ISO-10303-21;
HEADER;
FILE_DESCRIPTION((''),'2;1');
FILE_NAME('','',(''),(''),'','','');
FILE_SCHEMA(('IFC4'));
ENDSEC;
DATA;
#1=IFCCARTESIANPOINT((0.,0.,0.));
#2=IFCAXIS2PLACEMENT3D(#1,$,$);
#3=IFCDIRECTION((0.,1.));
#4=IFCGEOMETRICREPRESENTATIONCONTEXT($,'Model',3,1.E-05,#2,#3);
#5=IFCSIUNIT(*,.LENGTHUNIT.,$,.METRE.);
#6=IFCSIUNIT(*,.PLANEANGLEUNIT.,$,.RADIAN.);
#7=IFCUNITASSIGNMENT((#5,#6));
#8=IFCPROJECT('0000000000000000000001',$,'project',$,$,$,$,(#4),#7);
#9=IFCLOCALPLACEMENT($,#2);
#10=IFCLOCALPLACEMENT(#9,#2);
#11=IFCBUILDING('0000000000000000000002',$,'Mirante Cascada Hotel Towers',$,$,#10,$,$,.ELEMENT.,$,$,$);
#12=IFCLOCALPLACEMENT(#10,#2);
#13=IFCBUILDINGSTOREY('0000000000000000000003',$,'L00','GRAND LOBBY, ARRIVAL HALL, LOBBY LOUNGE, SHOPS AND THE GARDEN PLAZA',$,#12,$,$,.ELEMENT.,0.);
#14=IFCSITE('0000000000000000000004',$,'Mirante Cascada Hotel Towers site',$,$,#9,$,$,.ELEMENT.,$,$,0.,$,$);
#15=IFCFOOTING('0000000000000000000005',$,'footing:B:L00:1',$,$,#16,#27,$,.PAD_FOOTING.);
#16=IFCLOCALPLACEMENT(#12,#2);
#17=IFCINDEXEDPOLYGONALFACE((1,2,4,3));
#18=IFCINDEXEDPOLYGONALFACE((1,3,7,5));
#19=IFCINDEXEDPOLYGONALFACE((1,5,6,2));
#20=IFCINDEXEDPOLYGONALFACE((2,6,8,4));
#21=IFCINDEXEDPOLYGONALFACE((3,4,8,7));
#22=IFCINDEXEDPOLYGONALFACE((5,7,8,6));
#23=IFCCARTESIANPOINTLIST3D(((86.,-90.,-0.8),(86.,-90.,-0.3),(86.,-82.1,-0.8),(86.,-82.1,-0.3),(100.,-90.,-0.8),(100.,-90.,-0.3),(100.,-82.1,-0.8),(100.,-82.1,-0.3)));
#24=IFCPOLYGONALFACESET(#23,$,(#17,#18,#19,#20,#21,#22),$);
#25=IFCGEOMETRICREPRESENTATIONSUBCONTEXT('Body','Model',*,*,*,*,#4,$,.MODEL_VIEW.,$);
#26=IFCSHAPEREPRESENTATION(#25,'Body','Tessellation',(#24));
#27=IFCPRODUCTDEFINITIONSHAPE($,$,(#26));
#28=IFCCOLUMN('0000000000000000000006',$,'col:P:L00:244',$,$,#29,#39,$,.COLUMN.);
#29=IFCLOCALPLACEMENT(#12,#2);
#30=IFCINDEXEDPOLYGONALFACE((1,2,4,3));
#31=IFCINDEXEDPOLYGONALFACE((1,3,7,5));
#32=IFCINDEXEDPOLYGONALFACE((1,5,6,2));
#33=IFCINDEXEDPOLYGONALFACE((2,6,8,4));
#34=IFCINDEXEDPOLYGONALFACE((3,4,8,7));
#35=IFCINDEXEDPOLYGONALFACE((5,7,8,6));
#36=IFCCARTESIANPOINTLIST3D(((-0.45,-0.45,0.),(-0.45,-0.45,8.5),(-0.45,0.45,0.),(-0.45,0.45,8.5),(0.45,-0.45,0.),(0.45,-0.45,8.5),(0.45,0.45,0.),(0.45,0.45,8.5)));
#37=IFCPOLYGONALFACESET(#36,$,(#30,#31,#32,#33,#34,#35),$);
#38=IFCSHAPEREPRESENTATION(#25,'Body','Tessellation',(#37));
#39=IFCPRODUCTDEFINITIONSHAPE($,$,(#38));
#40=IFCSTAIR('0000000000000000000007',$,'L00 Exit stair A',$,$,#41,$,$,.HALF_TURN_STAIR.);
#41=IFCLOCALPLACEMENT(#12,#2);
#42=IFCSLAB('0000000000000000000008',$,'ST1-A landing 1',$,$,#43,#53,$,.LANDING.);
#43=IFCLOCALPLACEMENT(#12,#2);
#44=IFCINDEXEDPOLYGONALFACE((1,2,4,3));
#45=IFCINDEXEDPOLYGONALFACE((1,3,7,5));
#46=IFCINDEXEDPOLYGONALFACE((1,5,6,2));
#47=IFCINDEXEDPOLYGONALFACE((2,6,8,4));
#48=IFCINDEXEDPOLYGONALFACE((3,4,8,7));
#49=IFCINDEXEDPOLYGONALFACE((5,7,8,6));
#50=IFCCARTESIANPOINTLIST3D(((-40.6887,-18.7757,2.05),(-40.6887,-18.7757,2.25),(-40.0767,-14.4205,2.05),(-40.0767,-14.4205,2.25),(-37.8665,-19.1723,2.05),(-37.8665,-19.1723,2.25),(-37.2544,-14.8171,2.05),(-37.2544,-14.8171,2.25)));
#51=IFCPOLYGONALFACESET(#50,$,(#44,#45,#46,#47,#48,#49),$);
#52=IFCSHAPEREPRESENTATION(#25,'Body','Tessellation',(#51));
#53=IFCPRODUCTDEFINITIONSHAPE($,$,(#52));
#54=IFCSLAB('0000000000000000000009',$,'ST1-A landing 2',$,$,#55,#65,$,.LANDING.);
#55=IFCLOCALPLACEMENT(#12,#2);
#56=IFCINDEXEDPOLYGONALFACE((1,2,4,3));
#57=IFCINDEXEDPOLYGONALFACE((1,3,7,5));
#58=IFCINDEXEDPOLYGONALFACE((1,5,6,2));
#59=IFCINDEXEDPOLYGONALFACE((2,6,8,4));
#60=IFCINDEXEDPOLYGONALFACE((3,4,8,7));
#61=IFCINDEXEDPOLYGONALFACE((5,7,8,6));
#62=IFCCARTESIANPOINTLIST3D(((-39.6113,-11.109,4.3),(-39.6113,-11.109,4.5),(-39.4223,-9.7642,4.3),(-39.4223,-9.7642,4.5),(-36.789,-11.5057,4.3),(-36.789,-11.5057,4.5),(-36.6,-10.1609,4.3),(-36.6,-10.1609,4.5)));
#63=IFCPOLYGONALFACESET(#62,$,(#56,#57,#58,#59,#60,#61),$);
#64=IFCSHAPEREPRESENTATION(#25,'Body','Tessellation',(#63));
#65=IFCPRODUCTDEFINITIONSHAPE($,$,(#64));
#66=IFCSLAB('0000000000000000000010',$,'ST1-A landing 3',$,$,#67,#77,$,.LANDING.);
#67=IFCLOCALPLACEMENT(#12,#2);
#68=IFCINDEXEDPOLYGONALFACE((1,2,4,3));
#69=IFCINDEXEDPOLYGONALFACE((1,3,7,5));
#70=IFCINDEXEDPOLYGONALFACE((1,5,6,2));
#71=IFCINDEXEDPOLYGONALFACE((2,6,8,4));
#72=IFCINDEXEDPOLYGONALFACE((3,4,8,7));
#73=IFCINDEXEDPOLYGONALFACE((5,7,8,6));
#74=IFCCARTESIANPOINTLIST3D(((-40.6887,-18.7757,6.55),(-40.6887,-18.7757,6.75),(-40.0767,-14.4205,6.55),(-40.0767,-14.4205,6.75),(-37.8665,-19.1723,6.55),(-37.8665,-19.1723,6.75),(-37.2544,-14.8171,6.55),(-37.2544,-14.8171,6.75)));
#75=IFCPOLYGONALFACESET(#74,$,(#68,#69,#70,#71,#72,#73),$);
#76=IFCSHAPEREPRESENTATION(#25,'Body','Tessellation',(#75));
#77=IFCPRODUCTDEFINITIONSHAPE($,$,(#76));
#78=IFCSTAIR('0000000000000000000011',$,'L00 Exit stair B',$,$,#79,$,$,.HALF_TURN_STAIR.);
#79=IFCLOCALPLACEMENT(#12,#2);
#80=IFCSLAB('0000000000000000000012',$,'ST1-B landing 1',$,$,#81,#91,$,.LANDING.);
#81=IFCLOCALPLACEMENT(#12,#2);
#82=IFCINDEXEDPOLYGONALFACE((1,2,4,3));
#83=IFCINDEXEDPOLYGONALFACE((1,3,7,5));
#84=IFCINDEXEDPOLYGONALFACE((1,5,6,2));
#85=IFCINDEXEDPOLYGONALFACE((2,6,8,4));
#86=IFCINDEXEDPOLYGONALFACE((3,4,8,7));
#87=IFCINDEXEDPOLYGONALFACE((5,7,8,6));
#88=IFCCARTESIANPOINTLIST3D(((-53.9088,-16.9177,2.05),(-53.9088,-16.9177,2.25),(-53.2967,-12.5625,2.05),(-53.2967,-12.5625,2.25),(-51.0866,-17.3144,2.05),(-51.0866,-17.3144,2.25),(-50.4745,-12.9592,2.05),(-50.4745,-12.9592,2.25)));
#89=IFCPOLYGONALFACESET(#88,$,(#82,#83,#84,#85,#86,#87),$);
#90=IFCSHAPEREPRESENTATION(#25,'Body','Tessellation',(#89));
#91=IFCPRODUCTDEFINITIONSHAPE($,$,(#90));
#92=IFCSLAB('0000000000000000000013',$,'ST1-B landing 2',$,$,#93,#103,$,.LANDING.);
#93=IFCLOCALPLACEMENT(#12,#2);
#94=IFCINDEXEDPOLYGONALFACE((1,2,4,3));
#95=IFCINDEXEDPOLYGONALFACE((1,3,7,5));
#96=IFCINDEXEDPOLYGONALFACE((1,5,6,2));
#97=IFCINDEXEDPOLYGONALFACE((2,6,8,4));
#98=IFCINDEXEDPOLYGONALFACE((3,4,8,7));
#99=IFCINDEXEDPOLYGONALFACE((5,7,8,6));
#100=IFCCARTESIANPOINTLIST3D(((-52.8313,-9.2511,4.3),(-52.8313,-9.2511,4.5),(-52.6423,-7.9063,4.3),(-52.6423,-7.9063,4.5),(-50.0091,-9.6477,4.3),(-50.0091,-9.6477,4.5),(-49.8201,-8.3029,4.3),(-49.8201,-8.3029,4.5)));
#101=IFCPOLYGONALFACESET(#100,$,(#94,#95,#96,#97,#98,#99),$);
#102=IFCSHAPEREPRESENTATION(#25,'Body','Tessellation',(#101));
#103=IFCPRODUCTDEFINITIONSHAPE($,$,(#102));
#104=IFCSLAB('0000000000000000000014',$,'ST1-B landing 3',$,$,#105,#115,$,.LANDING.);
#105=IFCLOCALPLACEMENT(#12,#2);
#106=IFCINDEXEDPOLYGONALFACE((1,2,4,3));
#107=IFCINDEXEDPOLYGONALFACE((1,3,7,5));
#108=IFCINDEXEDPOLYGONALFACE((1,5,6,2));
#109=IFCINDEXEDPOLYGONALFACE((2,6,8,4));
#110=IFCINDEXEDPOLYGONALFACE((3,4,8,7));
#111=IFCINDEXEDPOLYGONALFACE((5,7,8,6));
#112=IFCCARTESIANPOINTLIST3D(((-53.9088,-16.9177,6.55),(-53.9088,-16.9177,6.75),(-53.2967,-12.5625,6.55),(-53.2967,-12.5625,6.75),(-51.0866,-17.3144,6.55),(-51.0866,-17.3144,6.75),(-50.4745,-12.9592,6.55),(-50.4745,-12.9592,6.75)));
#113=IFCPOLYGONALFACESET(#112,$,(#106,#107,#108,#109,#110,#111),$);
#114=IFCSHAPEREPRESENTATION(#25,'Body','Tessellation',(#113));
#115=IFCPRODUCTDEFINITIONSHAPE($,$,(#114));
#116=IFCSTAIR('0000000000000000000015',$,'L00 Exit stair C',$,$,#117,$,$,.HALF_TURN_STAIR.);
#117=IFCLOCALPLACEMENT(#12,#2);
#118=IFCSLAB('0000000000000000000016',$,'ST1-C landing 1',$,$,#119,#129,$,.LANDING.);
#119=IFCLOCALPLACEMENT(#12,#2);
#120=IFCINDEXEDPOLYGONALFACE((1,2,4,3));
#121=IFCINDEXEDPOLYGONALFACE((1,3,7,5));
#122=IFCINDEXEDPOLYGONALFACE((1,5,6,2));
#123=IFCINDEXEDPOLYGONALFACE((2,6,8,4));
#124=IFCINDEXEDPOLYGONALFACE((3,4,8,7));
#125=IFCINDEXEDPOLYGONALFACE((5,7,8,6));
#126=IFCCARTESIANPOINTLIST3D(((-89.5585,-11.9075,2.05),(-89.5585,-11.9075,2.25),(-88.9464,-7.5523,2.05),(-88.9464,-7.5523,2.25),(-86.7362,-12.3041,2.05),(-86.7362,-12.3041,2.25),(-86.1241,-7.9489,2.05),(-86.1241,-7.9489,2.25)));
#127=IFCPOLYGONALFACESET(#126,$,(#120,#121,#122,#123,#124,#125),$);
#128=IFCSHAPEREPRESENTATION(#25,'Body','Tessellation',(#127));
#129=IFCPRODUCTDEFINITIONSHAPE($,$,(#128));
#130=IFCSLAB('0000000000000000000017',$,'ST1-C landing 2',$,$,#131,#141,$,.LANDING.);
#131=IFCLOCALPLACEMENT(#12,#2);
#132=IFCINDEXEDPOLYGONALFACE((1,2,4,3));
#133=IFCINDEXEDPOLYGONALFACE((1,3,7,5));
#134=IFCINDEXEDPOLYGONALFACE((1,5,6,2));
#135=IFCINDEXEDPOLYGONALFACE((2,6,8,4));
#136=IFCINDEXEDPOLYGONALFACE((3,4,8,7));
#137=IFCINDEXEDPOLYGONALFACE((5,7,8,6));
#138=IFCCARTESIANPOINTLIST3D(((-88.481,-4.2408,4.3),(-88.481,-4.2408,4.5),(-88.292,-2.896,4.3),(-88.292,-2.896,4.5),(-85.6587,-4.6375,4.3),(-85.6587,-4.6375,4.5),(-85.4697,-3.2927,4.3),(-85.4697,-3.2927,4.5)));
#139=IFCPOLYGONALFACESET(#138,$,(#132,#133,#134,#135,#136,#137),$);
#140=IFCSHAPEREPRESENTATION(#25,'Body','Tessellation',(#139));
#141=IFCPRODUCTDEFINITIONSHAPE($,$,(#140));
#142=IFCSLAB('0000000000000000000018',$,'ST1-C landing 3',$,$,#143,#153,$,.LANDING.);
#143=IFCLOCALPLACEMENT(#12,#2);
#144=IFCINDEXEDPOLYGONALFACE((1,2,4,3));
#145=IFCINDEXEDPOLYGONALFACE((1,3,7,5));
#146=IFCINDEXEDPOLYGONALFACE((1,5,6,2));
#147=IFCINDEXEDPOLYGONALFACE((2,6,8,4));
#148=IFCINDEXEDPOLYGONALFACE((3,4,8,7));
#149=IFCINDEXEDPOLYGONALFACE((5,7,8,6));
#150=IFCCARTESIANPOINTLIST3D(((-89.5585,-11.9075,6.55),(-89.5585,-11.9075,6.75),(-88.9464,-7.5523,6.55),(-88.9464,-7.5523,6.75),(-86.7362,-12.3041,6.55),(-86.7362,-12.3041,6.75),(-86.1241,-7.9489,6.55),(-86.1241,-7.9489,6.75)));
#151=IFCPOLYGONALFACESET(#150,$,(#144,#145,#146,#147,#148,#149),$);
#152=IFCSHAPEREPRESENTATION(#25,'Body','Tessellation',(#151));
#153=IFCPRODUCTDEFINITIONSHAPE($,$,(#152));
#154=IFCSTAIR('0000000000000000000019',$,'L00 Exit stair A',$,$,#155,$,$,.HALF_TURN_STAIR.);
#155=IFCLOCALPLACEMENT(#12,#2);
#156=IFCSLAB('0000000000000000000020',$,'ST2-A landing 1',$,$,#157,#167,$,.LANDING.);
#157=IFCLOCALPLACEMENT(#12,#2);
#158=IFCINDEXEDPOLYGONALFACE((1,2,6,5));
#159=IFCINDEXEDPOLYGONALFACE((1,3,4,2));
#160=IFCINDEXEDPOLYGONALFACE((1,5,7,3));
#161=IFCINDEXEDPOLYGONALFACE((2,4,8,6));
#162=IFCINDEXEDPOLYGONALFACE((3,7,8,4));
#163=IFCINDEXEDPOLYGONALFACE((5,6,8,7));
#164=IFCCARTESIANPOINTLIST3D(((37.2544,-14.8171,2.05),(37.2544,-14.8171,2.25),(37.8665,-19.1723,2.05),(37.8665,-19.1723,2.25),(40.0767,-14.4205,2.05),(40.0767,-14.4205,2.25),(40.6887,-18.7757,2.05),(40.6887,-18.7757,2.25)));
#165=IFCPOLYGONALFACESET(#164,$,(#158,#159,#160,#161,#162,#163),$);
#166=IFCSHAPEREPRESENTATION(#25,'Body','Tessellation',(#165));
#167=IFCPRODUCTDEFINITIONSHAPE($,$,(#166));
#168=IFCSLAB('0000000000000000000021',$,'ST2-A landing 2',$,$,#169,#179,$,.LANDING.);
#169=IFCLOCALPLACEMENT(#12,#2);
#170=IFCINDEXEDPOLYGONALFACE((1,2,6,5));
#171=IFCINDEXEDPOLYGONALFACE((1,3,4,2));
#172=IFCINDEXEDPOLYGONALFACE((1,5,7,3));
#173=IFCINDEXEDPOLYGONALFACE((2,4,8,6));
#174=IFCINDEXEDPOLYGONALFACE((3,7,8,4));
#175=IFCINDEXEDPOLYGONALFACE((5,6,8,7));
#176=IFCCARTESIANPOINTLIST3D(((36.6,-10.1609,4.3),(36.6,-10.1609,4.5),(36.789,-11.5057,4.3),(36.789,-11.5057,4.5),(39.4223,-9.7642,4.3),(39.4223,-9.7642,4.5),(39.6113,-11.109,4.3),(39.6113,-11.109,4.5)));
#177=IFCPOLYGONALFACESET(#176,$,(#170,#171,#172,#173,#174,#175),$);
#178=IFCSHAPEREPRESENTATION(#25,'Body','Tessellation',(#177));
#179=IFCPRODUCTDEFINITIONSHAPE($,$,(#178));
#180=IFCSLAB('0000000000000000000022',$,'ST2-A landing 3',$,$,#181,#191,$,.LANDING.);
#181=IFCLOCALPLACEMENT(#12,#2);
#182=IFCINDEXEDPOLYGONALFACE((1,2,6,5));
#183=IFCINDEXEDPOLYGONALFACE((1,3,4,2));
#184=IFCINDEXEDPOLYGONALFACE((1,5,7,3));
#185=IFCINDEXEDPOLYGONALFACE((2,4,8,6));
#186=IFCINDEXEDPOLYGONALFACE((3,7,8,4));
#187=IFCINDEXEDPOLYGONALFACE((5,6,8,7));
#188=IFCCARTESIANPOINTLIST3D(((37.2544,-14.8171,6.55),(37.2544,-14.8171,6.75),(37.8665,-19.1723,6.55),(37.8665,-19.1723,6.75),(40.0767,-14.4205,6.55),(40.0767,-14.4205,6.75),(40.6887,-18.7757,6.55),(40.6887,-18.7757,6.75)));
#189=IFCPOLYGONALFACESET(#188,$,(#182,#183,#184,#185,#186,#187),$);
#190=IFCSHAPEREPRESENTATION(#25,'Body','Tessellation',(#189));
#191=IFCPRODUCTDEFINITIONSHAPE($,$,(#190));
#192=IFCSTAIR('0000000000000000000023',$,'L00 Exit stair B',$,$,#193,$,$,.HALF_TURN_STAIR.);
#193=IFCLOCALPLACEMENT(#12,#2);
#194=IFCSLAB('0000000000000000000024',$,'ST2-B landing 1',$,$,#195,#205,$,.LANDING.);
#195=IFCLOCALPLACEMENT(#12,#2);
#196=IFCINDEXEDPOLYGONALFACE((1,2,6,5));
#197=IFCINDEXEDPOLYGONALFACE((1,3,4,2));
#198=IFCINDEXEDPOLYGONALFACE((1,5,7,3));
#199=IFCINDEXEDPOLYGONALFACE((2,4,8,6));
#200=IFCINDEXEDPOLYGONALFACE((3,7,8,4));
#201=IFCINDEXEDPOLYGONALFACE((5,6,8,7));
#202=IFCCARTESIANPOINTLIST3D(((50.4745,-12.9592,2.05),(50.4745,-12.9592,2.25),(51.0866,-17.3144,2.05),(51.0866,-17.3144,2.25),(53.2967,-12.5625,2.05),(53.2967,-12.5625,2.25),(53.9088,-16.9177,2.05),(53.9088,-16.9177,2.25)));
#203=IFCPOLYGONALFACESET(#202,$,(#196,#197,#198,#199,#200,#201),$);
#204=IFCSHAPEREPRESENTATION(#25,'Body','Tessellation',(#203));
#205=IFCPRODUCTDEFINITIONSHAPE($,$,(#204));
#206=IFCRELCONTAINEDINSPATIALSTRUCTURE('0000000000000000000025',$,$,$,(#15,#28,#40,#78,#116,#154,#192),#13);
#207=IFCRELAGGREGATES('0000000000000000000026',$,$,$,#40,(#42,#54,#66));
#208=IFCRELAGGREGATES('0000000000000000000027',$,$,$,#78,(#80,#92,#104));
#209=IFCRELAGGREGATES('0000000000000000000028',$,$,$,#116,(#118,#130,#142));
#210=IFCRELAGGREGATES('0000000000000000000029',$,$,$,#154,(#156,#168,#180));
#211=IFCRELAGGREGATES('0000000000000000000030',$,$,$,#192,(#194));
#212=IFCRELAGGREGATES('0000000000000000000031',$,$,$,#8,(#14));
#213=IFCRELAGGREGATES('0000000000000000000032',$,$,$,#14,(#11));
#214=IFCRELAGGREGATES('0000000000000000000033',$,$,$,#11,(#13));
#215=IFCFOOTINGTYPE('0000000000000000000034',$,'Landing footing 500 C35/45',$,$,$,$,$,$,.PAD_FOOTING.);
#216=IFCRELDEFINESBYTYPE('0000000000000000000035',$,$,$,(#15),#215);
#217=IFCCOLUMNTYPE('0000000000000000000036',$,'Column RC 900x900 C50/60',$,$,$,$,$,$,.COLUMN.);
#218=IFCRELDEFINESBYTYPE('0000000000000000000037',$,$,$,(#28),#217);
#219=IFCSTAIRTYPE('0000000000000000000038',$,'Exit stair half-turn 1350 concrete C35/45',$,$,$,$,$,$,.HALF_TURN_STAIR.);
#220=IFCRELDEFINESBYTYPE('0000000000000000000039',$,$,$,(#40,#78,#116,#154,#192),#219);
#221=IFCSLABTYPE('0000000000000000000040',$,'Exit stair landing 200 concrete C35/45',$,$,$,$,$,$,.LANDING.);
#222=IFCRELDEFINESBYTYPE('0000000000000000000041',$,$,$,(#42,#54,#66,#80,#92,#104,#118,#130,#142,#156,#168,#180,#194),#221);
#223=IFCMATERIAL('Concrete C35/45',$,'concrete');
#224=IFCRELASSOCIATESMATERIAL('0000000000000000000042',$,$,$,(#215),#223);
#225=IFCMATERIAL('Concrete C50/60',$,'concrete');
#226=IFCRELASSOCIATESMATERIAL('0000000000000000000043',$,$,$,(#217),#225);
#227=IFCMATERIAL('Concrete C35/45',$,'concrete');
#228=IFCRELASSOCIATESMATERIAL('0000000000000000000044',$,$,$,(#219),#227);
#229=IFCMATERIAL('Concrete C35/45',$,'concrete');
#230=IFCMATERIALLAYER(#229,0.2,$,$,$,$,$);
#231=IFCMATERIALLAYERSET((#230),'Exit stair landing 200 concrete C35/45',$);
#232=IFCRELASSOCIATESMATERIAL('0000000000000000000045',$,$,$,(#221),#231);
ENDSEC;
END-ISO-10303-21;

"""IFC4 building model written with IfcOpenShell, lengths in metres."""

from ifc_helpers import new_model, si_unit, direction, frame, origin, origin_with_axes, origin_2d, place, context, subcontext, project, spatial, polyline, rectangle, outline, extrude, material, layer, layer_set, material_profile, profile_set, type_object, element, aggregate, save


model = new_model("IFC4")

# Units and contexts
model_context = context("Model", 3, precision=1e-05, world=origin(), true_north=direction((0.0, 1.0)))
body_context = subcontext(model_context, "Body", "Model", "MODEL_VIEW")
ifc_project = project(units=[si_unit("LENGTHUNIT", "METRE"), si_unit("PLANEANGLEUNIT", "RADIAN")], contexts=[model_context])

# Site, building, storey
site_placement = place(None, origin())
site = spatial("IfcSite", under=ifc_project, at=site_placement, Name="Mirante Cascada Hotel Towers site", CompositionType="ELEMENT", RefElevation=0.0)
building_placement = place(site_placement, origin())
building = spatial("IfcBuilding", under=site, at=building_placement, Name="Mirante Cascada Hotel Towers", CompositionType="ELEMENT")
storey_placement = place(building_placement, origin())
storey = spatial("IfcBuildingStorey", under=building, at=storey_placement, Name="L00", Description="GRAND LOBBY, ARRIVAL HALL, LOBBY LOUNGE, SHOPS AND THE GARDEN PLAZA", CompositionType="ELEMENT", Elevation=0.0)

# Footing
ifc_material_1 = material(Name="Concrete C35/45", Category="concrete")
footing_type = type_object("IfcFootingType", Name="Landing footing 500 C35/45", PredefinedType="PAD_FOOTING", material=ifc_material_1)
footing_placement = place(storey_placement, frame((0.0, 0.0, -0.8)))
element("IfcFooting", 1, at=footing_placement, inside=storey, type_object=footing_type, Name="footing:B:L00:1", PredefinedType="PAD_FOOTING", context=body_context, shape_type="SweptSolid", body=[
    extrude(outline(polyline([(86.0, -90.0), (100.0, -90.0), (100.0, -82.1), (86.0, -82.1), (86.0, -90.0)])), origin(), (0.0, 0.0, 1.0), 0.5),
])

# Column
ifc_material_2 = material(Name="Concrete C50/60", Category="concrete")
ifc_material_profile = material_profile(ifc_material_2, rectangle(XDim=0.9, YDim=0.9, at=origin_2d()), Name="RC 900x900")
ifc_profile_set = profile_set([ifc_material_profile], Name="Concrete C50/60")
column_type = type_object("IfcColumnType", Name="Column RC 900x900 C50/60", PredefinedType="COLUMN", material=ifc_profile_set)
column_placement = place(storey_placement, origin_with_axes())
element("IfcColumn", 2, at=column_placement, inside=storey, type_object=column_type, Name="col:P:L00:244", PredefinedType="COLUMN", context=body_context, shape_type="SweptSolid", body=[
    extrude(rectangle(XDim=0.9, YDim=0.9, at=origin_2d()), origin(), (0.0, 0.0, 1.0), 8.5),
])

# Stairs, slabs
ifc_material_3 = material(Name="Concrete C35/45", Category="concrete")
stair_type = type_object("IfcStairType", Name="Exit stair half-turn 1350 concrete C35/45", PredefinedType="HALF_TURN_STAIR", material=ifc_material_3)
stair_1_placement = place(storey_placement, origin())
stair_1 = element("IfcStair", 3, at=stair_1_placement, inside=storey, type_object=stair_type, Name="L00 Exit stair A", PredefinedType="HALF_TURN_STAIR")
ifc_material_4 = material(Name="Concrete C35/45", Category="concrete")
ifc_layer_1 = layer(ifc_material_4, 0.2)
ifc_layer_set_1 = layer_set([ifc_layer_1], Name="Exit stair landing 200 concrete C35/45")
slab_type_1 = type_object("IfcSlabType", Name="Exit stair landing 200 concrete C35/45", PredefinedType="LANDING", material=ifc_layer_set_1)
slab_1_placement = place(storey_placement, frame((0.0, 0.0, 2.05)))
slab_1 = element("IfcSlab", 4, at=slab_1_placement, type_object=slab_type_1, Name="ST1-A landing 1", PredefinedType="LANDING", context=body_context, shape_type="SweptSolid", body=[
    extrude(outline(polyline([(-40.0767, -14.4205), (-40.6887, -18.7757), (-37.8665, -19.1723), (-37.2544, -14.8171), (-40.0767, -14.4205)])), origin(), (0.0, 0.0, 1.0), 0.2),
])
slab_2_placement = place(storey_placement, frame((0.0, 0.0, 4.3)))
slab_2 = element("IfcSlab", 5, at=slab_2_placement, type_object=slab_type_1, Name="ST1-A landing 2", PredefinedType="LANDING", context=body_context, shape_type="SweptSolid", body=[
    extrude(outline(polyline([(-39.4223, -9.7642), (-39.6113, -11.109), (-36.789, -11.5057), (-36.6, -10.1609), (-39.4223, -9.7642)])), origin(), (0.0, 0.0, 1.0), 0.2),
])
slab_3_placement = place(storey_placement, frame((0.0, 0.0, 6.55)))
slab_3 = element("IfcSlab", 6, at=slab_3_placement, type_object=slab_type_1, Name="ST1-A landing 3", PredefinedType="LANDING", context=body_context, shape_type="SweptSolid", body=[
    extrude(outline(polyline([(-40.0767, -14.4205), (-40.6887, -18.7757), (-37.8665, -19.1723), (-37.2544, -14.8171), (-40.0767, -14.4205)])), origin(), (0.0, 0.0, 1.0), 0.2),
])
aggregate(stair_1, [slab_1, slab_2, slab_3])
stair_2_placement = place(storey_placement, origin())
stair_2 = element("IfcStair", 7, at=stair_2_placement, inside=storey, type_object=stair_type, Name="L00 Exit stair B", PredefinedType="HALF_TURN_STAIR")
slab_4_placement = place(storey_placement, frame((0.0, 0.0, 2.05)))
slab_4 = element("IfcSlab", 8, at=slab_4_placement, type_object=slab_type_1, Name="ST1-B landing 1", PredefinedType="LANDING", context=body_context, shape_type="SweptSolid", body=[
    extrude(outline(polyline([(-53.2967, -12.5625), (-53.9088, -16.9177), (-51.0866, -17.3144), (-50.4745, -12.9592), (-53.2967, -12.5625)])), origin(), (0.0, 0.0, 1.0), 0.2),
])
slab_5_placement = place(storey_placement, frame((0.0, 0.0, 4.3)))
slab_5 = element("IfcSlab", 9, at=slab_5_placement, type_object=slab_type_1, Name="ST1-B landing 2", PredefinedType="LANDING", context=body_context, shape_type="SweptSolid", body=[
    extrude(outline(polyline([(-52.6423, -7.9063), (-52.8313, -9.2511), (-50.0091, -9.6477), (-49.8201, -8.3029), (-52.6423, -7.9063)])), origin(), (0.0, 0.0, 1.0), 0.2),
])
slab_6_placement = place(storey_placement, frame((0.0, 0.0, 6.55)))
slab_6 = element("IfcSlab", 10, at=slab_6_placement, type_object=slab_type_1, Name="ST1-B landing 3", PredefinedType="LANDING", context=body_context, shape_type="SweptSolid", body=[
    extrude(outline(polyline([(-53.2967, -12.5625), (-53.9088, -16.9177), (-51.0866, -17.3144), (-50.4745, -12.9592), (-53.2967, -12.5625)])), origin(), (0.0, 0.0, 1.0), 0.2),
])
aggregate(stair_2, [slab_4, slab_5, slab_6])
stair_3_placement = place(storey_placement, origin())
stair_3 = element("IfcStair", 11, at=stair_3_placement, inside=storey, type_object=stair_type, Name="L00 Exit stair C", PredefinedType="HALF_TURN_STAIR")
slab_7_placement = place(storey_placement, frame((0.0, 0.0, 2.05)))
slab_7 = element("IfcSlab", 12, at=slab_7_placement, type_object=slab_type_1, Name="ST1-C landing 1", PredefinedType="LANDING", context=body_context, shape_type="SweptSolid", body=[
    extrude(outline(polyline([(-88.9464, -7.5523), (-89.5585, -11.9075), (-86.7362, -12.3041), (-86.1241, -7.9489), (-88.9464, -7.5523)])), origin(), (0.0, 0.0, 1.0), 0.2),
])
slab_8_placement = place(storey_placement, frame((0.0, 0.0, 4.3)))
slab_8 = element("IfcSlab", 13, at=slab_8_placement, type_object=slab_type_1, Name="ST1-C landing 2", PredefinedType="LANDING", context=body_context, shape_type="SweptSolid", body=[
    extrude(outline(polyline([(-88.292, -2.896), (-88.481, -4.2408), (-85.6587, -4.6375), (-85.4697, -3.2927), (-88.292, -2.896)])), origin(), (0.0, 0.0, 1.0), 0.2),
])
slab_9_placement = place(storey_placement, frame((0.0, 0.0, 6.55)))
slab_9 = element("IfcSlab", 14, at=slab_9_placement, type_object=slab_type_1, Name="ST1-C landing 3", PredefinedType="LANDING", context=body_context, shape_type="SweptSolid", body=[
    extrude(outline(polyline([(-88.9464, -7.5523), (-89.5585, -11.9075), (-86.7362, -12.3041), (-86.1241, -7.9489), (-88.9464, -7.5523)])), origin(), (0.0, 0.0, 1.0), 0.2),
])
aggregate(stair_3, [slab_7, slab_8, slab_9])
stair_4_placement = place(storey_placement, origin())
stair_4 = element("IfcStair", 15, at=stair_4_placement, inside=storey, type_object=stair_type, Name="L00 Exit stair A", PredefinedType="HALF_TURN_STAIR")
slab_10_placement = place(storey_placement, frame((0.0, 0.0, 2.05)))
slab_10 = element("IfcSlab", 16, at=slab_10_placement, type_object=slab_type_1, Name="ST2-A landing 1", PredefinedType="LANDING", context=body_context, shape_type="SweptSolid", body=[
    extrude(outline(polyline([(37.2544, -14.8171), (37.8665, -19.1723), (40.6887, -18.7757), (40.0767, -14.4205), (37.2544, -14.8171)])), origin(), (0.0, 0.0, 1.0), 0.2),
])
slab_11_placement = place(storey_placement, frame((0.0, 0.0, 4.3)))
slab_11 = element("IfcSlab", 17, at=slab_11_placement, type_object=slab_type_1, Name="ST2-A landing 2", PredefinedType="LANDING", context=body_context, shape_type="SweptSolid", body=[
    extrude(outline(polyline([(36.6, -10.1609), (36.789, -11.5057), (39.6113, -11.109), (39.4223, -9.7642), (36.6, -10.1609)])), origin(), (0.0, 0.0, 1.0), 0.2),
])
slab_12_placement = place(storey_placement, frame((0.0, 0.0, 6.55)))
slab_12 = element("IfcSlab", 18, at=slab_12_placement, type_object=slab_type_1, Name="ST2-A landing 3", PredefinedType="LANDING", context=body_context, shape_type="SweptSolid", body=[
    extrude(outline(polyline([(37.2544, -14.8171), (37.8665, -19.1723), (40.6887, -18.7757), (40.0767, -14.4205), (37.2544, -14.8171)])), origin(), (0.0, 0.0, 1.0), 0.2),
])
aggregate(stair_4, [slab_10, slab_11, slab_12])
stair_5_placement = place(storey_placement, origin())
stair_5 = element("IfcStair", 19, at=stair_5_placement, inside=storey, type_object=stair_type, Name="L00 Exit stair B", PredefinedType="HALF_TURN_STAIR")
slab_13_placement = place(storey_placement, frame((0.0, 0.0, 2.05)))
slab_13 = element("IfcSlab", 20, at=slab_13_placement, type_object=slab_type_1, Name="ST2-B landing 1", PredefinedType="LANDING", context=body_context, shape_type="SweptSolid", body=[
    extrude(outline(polyline([(50.4745, -12.9592), (51.0866, -17.3144), (53.9088, -16.9177), (53.2967, -12.5625), (50.4745, -12.9592)])), origin(), (0.0, 0.0, 1.0), 0.2),
])
aggregate(stair_5, [slab_13])

save(model, "model.ifc")
